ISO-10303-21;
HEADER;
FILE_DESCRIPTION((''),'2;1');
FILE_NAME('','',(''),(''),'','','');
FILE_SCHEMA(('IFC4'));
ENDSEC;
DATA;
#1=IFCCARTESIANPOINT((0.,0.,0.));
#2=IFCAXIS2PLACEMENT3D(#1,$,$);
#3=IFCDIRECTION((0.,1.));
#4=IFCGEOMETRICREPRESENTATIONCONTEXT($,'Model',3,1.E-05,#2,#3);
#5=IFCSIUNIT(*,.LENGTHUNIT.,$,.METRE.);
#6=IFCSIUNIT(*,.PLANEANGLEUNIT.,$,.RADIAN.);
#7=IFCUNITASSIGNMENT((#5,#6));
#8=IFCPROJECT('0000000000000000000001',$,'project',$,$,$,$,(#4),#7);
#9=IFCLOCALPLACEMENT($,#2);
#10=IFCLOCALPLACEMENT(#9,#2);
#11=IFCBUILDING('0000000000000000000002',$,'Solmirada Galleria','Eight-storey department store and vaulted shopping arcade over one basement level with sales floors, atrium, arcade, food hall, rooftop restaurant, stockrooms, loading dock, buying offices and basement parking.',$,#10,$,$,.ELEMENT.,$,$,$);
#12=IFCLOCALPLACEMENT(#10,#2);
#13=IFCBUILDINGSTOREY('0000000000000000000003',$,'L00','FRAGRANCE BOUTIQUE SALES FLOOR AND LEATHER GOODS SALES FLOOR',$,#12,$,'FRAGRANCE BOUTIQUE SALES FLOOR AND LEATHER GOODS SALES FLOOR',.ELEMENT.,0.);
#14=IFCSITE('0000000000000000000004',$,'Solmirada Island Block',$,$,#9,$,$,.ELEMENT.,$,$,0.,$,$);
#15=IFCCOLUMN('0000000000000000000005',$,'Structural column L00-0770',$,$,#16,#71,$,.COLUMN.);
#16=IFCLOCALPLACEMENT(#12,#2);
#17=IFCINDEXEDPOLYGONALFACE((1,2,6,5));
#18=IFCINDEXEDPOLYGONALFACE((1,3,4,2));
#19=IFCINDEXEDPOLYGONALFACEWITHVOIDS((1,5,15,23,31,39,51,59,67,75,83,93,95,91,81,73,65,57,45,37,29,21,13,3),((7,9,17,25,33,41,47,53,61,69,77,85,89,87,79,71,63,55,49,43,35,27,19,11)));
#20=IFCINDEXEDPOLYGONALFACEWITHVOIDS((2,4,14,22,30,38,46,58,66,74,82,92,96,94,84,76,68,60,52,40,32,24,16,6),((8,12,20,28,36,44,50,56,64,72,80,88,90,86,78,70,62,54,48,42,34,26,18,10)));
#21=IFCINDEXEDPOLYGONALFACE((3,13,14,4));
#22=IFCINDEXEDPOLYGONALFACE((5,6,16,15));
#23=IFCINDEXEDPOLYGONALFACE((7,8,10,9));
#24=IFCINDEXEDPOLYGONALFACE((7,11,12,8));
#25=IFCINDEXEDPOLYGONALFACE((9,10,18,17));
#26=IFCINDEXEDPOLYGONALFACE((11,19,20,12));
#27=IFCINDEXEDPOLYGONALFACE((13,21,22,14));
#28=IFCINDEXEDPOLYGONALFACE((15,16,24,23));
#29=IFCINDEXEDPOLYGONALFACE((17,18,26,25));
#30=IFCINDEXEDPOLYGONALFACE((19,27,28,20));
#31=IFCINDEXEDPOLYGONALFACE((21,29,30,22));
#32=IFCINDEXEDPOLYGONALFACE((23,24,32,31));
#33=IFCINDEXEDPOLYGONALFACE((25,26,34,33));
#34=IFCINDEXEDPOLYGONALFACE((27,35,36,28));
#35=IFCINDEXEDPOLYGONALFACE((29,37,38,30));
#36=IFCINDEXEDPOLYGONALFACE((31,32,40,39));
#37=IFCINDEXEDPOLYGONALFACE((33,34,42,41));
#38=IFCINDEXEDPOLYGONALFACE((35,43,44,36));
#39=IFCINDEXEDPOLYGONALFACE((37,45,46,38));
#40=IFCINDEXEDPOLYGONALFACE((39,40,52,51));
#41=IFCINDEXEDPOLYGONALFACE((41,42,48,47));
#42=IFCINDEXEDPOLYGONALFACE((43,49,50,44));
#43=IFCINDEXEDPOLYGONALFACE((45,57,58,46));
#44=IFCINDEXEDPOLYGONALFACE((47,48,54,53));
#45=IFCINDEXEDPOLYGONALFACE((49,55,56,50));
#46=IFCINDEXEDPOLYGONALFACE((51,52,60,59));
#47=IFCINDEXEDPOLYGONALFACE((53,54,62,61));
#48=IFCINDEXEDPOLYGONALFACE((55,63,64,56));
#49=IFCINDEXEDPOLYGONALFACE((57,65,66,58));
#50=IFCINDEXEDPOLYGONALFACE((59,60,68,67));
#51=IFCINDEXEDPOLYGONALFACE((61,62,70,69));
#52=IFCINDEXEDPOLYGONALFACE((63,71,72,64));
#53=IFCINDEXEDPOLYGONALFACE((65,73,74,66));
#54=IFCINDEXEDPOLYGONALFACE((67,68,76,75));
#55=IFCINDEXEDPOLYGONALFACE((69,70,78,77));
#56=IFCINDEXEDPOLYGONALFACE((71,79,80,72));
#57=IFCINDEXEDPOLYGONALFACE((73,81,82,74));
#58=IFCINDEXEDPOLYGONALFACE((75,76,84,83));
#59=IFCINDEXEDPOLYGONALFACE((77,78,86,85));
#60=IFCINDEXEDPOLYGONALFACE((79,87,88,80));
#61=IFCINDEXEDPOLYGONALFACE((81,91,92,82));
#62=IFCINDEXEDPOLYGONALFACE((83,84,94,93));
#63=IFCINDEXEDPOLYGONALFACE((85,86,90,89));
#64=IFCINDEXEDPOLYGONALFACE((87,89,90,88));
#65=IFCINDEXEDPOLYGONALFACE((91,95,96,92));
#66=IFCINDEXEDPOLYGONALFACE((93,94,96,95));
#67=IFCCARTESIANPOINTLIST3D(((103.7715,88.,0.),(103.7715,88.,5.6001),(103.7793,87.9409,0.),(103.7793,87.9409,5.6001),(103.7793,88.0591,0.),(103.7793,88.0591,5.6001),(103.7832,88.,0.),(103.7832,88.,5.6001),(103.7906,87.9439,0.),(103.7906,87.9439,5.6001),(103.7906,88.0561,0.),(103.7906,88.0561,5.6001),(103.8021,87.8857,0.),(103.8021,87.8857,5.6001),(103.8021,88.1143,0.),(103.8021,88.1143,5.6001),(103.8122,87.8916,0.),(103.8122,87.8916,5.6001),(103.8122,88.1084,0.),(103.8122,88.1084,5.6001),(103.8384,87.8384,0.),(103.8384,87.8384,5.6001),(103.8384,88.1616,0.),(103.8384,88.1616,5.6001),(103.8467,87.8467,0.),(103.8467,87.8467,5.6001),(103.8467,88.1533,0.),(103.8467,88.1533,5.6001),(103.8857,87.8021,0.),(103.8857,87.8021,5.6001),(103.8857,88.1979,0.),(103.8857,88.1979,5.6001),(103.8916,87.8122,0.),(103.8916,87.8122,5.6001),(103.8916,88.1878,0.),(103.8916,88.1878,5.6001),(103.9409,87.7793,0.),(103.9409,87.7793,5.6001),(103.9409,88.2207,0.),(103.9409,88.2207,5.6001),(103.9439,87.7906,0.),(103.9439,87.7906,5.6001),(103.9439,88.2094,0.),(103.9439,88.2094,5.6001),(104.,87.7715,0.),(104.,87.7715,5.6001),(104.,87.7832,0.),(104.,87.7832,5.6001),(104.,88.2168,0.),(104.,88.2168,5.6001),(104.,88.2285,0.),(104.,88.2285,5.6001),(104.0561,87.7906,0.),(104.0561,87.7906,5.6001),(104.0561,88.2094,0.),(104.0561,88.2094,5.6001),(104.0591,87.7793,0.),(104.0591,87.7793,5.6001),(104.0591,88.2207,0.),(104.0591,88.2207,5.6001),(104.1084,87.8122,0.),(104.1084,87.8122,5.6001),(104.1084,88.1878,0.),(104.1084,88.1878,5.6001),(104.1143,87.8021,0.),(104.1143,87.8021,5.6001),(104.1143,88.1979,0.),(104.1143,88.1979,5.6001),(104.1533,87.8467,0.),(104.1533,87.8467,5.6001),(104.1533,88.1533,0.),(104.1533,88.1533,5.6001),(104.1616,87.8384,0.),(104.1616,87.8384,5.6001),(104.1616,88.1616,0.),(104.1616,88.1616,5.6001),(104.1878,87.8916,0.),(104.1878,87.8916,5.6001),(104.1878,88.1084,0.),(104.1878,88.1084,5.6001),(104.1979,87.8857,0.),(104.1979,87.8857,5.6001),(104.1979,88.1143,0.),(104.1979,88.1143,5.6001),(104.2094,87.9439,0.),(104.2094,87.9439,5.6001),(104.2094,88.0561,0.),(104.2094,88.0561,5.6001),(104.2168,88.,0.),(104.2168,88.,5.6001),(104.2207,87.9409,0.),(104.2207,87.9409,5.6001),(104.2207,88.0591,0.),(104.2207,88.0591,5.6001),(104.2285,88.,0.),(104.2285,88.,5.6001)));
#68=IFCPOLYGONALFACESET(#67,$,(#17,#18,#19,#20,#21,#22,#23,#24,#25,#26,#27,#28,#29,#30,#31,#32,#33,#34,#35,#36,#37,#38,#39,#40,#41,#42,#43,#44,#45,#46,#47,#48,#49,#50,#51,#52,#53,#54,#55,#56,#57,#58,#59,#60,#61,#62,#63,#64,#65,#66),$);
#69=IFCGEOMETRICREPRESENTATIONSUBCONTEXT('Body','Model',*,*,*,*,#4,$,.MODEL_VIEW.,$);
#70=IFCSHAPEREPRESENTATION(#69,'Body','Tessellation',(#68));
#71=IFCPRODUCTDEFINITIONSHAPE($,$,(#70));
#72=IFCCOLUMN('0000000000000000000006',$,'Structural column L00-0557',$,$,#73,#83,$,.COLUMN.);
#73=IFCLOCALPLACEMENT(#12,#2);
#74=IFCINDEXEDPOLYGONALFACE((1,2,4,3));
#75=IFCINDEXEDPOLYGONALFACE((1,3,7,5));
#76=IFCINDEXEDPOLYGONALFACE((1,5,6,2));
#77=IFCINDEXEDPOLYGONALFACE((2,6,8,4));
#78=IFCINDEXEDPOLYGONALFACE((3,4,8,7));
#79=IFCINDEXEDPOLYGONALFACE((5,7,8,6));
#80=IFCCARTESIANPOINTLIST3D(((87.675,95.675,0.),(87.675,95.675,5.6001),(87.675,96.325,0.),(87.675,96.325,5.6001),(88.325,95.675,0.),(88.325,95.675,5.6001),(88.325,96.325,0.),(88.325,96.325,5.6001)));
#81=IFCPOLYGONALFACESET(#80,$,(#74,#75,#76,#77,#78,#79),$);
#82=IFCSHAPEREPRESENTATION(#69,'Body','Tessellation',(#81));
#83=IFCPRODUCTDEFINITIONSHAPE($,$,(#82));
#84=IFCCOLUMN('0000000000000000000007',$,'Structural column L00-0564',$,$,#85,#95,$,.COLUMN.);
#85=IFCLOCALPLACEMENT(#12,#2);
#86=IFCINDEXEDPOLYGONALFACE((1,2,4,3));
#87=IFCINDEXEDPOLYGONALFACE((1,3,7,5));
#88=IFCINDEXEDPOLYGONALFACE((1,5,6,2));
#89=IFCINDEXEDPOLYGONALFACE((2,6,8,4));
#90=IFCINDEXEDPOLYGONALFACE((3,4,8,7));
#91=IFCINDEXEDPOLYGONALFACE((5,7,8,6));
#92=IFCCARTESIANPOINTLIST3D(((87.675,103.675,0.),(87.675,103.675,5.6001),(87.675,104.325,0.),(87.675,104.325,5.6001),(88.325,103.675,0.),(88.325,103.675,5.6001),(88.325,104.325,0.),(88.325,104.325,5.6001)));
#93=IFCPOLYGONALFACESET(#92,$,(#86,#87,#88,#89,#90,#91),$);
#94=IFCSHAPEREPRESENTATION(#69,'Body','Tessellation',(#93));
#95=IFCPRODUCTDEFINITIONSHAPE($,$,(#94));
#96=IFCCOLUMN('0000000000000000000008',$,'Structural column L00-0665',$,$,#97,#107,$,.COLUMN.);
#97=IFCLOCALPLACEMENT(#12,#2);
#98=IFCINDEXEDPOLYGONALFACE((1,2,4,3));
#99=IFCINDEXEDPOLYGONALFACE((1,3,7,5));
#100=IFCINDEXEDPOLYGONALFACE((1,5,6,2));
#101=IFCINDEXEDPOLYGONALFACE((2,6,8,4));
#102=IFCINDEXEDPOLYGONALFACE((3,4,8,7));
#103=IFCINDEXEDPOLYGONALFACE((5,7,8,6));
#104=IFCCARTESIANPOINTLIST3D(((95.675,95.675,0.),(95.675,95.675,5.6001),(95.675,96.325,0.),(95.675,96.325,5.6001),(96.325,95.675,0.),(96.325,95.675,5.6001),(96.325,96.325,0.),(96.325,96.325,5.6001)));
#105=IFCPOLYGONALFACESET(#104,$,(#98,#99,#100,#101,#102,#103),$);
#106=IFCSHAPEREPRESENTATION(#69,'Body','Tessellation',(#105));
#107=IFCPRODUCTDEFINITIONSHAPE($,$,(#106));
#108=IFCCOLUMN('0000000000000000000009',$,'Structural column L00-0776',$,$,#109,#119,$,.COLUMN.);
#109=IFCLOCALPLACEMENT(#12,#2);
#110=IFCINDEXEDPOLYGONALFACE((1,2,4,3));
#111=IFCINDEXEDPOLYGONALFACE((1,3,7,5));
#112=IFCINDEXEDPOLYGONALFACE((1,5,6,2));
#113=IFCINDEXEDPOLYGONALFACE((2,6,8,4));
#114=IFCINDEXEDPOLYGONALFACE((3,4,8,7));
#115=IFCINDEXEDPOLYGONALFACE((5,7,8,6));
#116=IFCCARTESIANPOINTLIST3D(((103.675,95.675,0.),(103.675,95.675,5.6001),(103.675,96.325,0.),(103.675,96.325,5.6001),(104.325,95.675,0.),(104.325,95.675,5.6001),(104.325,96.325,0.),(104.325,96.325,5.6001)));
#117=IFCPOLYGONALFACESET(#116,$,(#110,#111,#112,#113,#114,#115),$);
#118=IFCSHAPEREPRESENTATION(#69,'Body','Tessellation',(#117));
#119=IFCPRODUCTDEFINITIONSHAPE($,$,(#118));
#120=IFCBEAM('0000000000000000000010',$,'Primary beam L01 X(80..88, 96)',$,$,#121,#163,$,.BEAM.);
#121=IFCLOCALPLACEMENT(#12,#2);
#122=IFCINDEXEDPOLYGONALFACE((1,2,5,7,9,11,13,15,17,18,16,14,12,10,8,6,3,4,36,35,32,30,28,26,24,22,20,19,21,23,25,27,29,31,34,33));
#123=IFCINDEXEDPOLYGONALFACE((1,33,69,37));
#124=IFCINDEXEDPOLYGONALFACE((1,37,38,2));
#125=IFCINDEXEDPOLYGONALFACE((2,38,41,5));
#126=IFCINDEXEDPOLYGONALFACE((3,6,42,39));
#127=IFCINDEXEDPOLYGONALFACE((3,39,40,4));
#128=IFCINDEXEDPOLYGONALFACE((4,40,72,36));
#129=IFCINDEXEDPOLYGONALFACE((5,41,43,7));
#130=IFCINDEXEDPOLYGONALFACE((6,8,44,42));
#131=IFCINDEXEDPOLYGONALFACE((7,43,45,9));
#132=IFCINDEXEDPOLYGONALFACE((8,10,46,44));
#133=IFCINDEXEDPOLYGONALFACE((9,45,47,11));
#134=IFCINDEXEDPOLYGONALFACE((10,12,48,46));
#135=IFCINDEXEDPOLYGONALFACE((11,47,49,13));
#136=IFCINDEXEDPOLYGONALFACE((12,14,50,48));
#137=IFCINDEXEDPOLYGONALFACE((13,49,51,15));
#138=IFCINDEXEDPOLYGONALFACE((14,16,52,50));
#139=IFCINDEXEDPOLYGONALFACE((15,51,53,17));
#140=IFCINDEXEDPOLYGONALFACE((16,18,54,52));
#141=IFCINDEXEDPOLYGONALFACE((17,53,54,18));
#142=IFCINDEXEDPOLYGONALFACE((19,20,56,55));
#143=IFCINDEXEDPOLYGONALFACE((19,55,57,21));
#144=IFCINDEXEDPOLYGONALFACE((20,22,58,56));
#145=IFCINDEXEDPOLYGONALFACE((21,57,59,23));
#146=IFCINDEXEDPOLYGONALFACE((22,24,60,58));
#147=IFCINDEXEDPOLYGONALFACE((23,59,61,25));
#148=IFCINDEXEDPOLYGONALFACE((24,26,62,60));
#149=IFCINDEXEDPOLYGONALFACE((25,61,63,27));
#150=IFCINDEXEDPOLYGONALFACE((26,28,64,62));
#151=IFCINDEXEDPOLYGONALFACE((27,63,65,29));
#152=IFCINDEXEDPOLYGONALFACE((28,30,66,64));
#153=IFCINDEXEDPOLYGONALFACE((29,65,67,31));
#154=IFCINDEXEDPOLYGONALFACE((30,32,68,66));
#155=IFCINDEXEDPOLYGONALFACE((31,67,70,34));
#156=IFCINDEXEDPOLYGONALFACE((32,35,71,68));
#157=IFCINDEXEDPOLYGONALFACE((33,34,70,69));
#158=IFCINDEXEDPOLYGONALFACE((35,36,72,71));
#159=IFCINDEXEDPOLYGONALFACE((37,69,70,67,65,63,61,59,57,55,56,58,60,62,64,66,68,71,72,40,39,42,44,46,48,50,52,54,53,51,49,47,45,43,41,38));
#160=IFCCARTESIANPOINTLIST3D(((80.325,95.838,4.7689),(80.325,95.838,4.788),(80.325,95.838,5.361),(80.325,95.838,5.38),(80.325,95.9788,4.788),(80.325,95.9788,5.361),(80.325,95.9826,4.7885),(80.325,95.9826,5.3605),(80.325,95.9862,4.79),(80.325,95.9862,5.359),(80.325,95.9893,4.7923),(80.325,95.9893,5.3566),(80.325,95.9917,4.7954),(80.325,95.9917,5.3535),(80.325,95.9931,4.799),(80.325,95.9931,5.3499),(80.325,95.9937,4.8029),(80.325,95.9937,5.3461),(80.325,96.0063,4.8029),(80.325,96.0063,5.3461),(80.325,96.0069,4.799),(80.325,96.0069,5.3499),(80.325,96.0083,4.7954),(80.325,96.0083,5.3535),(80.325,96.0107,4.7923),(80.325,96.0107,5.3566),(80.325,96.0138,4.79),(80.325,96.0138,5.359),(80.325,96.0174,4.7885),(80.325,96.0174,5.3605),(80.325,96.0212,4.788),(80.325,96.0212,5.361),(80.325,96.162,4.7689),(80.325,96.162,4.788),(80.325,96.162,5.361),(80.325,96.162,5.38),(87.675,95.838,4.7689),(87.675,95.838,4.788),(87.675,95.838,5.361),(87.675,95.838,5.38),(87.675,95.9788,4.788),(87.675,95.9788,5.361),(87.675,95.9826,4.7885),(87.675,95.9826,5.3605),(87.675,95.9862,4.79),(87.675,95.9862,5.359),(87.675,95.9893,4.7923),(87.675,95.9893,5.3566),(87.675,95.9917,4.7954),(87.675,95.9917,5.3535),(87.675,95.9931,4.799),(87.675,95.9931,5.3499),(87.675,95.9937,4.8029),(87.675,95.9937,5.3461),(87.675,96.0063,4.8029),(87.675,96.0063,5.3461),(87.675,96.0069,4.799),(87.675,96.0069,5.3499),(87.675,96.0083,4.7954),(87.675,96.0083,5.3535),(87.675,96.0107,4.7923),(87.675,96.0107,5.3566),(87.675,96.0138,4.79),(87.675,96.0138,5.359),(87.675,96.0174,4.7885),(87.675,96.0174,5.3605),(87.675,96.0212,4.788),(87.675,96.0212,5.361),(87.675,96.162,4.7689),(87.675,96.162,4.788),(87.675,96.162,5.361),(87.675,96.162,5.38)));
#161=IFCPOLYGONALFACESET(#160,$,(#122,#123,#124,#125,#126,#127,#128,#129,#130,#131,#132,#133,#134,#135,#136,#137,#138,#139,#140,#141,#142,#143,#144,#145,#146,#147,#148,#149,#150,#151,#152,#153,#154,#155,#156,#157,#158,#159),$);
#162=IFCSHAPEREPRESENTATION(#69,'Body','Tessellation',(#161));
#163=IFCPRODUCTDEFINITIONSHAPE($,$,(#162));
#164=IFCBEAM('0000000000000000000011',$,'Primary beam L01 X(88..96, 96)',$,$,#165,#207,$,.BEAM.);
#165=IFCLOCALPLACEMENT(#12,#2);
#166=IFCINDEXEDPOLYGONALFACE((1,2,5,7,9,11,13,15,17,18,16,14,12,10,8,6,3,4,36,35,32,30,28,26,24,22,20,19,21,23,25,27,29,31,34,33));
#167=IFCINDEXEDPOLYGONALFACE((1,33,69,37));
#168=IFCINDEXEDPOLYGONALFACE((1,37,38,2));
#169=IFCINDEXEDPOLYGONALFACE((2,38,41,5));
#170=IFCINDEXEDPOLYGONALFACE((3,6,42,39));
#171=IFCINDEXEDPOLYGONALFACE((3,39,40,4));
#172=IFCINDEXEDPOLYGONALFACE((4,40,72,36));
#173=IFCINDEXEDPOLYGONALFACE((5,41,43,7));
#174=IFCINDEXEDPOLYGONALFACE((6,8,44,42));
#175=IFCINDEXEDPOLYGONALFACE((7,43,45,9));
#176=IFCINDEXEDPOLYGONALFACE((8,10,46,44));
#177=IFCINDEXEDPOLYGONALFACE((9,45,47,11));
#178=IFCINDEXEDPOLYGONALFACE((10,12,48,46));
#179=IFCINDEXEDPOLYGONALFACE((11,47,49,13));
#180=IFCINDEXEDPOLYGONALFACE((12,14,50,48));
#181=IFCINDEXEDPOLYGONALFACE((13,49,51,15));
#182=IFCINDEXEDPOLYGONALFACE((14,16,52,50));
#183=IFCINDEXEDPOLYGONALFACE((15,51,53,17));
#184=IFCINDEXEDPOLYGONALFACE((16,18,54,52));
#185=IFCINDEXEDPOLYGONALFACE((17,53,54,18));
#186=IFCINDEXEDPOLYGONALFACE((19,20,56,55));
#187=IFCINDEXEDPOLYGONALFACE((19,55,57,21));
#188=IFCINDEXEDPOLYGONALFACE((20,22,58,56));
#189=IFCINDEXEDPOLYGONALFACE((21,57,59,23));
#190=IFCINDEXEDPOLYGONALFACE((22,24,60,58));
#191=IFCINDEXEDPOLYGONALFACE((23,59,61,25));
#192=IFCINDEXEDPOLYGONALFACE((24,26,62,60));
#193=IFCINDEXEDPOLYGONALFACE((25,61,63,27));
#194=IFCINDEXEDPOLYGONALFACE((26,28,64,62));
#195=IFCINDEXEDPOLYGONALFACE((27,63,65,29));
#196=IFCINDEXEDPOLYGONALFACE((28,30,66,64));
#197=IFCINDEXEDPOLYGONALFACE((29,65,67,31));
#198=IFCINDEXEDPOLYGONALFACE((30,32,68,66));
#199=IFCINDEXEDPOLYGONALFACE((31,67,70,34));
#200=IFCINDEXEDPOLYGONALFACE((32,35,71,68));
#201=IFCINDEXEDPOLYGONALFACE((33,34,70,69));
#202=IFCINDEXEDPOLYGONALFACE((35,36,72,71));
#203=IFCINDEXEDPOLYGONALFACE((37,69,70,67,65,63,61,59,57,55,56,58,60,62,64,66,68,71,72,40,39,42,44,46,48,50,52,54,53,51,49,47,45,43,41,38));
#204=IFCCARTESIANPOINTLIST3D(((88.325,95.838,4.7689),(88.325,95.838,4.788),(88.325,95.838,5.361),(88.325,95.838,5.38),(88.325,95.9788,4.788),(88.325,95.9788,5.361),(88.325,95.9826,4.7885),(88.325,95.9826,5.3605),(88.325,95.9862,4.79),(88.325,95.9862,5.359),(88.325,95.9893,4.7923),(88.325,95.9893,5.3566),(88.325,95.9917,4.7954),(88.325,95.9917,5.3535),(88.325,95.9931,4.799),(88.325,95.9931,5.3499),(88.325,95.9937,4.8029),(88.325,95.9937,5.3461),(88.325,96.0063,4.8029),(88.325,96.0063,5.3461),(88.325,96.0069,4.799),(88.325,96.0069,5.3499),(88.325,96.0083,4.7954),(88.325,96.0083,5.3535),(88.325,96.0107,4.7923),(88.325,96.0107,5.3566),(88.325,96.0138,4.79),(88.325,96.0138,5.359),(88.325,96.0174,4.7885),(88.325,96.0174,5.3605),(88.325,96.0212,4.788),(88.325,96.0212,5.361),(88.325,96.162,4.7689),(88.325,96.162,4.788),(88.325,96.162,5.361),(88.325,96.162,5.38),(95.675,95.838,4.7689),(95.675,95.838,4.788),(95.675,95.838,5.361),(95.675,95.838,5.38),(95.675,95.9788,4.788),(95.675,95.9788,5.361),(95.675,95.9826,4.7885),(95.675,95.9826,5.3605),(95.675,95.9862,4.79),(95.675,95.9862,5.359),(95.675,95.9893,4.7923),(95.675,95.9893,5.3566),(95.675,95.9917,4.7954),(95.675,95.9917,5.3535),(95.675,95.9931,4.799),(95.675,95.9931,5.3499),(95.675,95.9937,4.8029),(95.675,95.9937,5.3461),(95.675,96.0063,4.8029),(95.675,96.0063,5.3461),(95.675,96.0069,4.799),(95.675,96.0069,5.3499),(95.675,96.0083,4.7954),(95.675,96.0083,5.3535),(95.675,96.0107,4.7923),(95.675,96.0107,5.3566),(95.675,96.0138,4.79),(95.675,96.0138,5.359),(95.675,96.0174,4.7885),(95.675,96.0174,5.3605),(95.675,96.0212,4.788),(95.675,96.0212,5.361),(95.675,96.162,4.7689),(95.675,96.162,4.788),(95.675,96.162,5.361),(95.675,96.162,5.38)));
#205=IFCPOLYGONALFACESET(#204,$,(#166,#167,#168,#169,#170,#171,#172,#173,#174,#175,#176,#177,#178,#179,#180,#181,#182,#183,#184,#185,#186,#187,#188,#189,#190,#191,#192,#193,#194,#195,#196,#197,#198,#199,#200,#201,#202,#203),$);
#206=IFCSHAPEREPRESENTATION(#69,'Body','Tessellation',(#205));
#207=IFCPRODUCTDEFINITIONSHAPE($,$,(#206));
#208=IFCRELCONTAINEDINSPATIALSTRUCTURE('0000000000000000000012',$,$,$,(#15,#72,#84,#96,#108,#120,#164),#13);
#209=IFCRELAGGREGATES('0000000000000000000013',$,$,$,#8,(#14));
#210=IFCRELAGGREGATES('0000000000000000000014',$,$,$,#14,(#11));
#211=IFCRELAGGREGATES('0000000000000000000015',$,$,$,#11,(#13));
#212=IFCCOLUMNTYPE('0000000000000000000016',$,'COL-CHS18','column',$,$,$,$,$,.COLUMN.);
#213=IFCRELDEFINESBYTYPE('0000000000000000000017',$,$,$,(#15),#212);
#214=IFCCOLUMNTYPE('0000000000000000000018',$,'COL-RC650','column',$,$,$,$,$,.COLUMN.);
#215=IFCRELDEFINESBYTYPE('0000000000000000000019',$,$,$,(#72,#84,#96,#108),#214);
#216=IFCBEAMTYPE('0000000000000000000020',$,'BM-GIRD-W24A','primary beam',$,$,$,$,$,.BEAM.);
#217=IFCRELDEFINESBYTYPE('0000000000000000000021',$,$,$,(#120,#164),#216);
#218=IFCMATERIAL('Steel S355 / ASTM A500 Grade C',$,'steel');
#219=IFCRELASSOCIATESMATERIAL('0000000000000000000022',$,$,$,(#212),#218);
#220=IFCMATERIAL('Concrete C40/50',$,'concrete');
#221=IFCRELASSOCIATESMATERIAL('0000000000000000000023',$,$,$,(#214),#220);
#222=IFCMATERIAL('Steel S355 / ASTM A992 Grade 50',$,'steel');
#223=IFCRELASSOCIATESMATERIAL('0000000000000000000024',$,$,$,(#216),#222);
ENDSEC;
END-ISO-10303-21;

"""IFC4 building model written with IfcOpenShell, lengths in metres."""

from ifc_helpers import new_model, si_unit, direction, frame, origin, origin_2d, place, context, subcontext, project, spatial, rectangle, hollow_circle, i_section, extrude, material, material_profile, profile_set, type_object, element, save


model = new_model("IFC4")

# Units and contexts
model_context = context("Model", 3, precision=1e-05, world=origin(), true_north=direction((0.0, 1.0)))
body_context = subcontext(model_context, "Body", "Model", "MODEL_VIEW")
ifc_project = project(units=[si_unit("LENGTHUNIT", "METRE"), si_unit("PLANEANGLEUNIT", "RADIAN")], contexts=[model_context])

# Site, building, storey
site_placement = place(None, origin())
site = spatial("IfcSite", under=ifc_project, at=site_placement, Name="Solmirada Island Block", CompositionType="ELEMENT", RefElevation=0.0)
building_placement = place(site_placement, origin())
building = spatial("IfcBuilding", under=site, at=building_placement, Name="Solmirada Galleria", Description="Eight-storey department store and vaulted shopping arcade over one basement level with sales floors, atrium, arcade, food hall, rooftop restaurant, stockrooms, loading dock, buying offices and basement parking.", CompositionType="ELEMENT")
storey_placement = place(building_placement, origin())
storey = spatial("IfcBuildingStorey", under=building, at=storey_placement, Name="L00", Description="FRAGRANCE BOUTIQUE SALES FLOOR AND LEATHER GOODS SALES FLOOR", LongName="FRAGRANCE BOUTIQUE SALES FLOOR AND LEATHER GOODS SALES FLOOR", CompositionType="ELEMENT", Elevation=0.0)

# Columns
ifc_material_1 = material(Name="Steel S355 / ASTM A500 Grade C", Category="steel")
ifc_material_profile_1 = material_profile(ifc_material_1, hollow_circle(Radius=0.2285, WallThickness=0.0117, at=origin_2d()), Name="HSS18.000X0.500")
ifc_profile_set_1 = profile_set([ifc_material_profile_1], Name="Steel S355 / ASTM A500 Grade C")
column_type_1 = type_object("IfcColumnType", Name="COL-CHS18", Description="column", PredefinedType="COLUMN", material=ifc_profile_set_1)
column_placement = place(storey_placement, frame((104.0, 88.0, 0.0), z_axis=(0.0, 0.0, 1.0), x_axis=(1.0, 0.0, 0.0)))
element("IfcColumn", 1, at=column_placement, inside=storey, type_object=column_type_1, Name="Structural column L00-0770", PredefinedType="COLUMN", context=body_context, shape_type="SweptSolid", body=[
    extrude(hollow_circle(Radius=0.2285, WallThickness=0.0117, at=origin_2d()), origin(), (0.0, 0.0, 1.0), 5.6001),
])
ifc_material_2 = material(Name="Concrete C40/50", Category="concrete")
ifc_material_profile_2 = material_profile(ifc_material_2, rectangle(XDim=0.6499, YDim=0.6499, at=origin_2d()), Name="RC650X650")
ifc_profile_set_2 = profile_set([ifc_material_profile_2], Name="Concrete C40/50")
column_type_2 = type_object("IfcColumnType", Name="COL-RC650", Description="column", PredefinedType="COLUMN", material=ifc_profile_set_2)
for number, where, z_axis, x_axis, name in (
    (2, (88.0, 96.0, 0.0), (0.0, 0.0, 1.0), (1.0, 0.0, 0.0), "Structural column L00-0557"),
    (3, (88.0, 104.0, 0.0), (0.0, 0.0, 1.0), (1.0, 0.0, 0.0), "Structural column L00-0564"),
    (4, (96.0, 96.0, 0.0), (0.0, 0.0, 1.0), (1.0, 0.0, 0.0), "Structural column L00-0665"),
    (5, (104.0, 96.0, 0.0), (0.0, 0.0, 1.0), (1.0, 0.0, 0.0), "Structural column L00-0776"),
):
    element("IfcColumn", number, at=place(storey_placement, frame(where, z_axis=z_axis, x_axis=x_axis)), inside=storey, type_object=column_type_2, Name=name, PredefinedType="COLUMN", context=body_context, shape_type="SweptSolid", body=[
        extrude(rectangle(XDim=0.6499, YDim=0.6499, at=origin_2d()), origin(), (0.0, 0.0, 1.0), 5.6001),
    ])

# Beams
ifc_material_3 = material(Name="Steel S355 / ASTM A992 Grade 50", Category="steel")
ifc_material_profile_3 = material_profile(ifc_material_3, i_section(OverallWidth=0.324, OverallDepth=0.6111, WebThickness=0.0127, FlangeThickness=0.019, FilletRadius=0.0149, at=origin_2d()), Name="W24X104")
ifc_profile_set_3 = profile_set([ifc_material_profile_3], Name="Steel S355 / ASTM A992 Grade 50")
beam_type_1 = type_object("IfcBeamType", Name="BM-GIRD-W24A", Description="primary beam", PredefinedType="BEAM", material=ifc_profile_set_3)
for number, where, z_axis, x_axis, name in (
    (6, (80.325, 96.0, 5.0745), (1.0, 0.0, 0.0), (0.0, 1.0, 0.0), "Primary beam L01 X(80..88, 96)"),
    (7, (88.325, 96.0, 5.0745), (1.0, 0.0, 0.0), (0.0, 1.0, 0.0), "Primary beam L01 X(88..96, 96)"),
):
    element("IfcBeam", number, at=place(storey_placement, frame(where, z_axis=z_axis, x_axis=x_axis)), inside=storey, type_object=beam_type_1, Name=name, PredefinedType="BEAM", context=body_context, shape_type="SweptSolid", body=[
        extrude(i_section(OverallWidth=0.324, OverallDepth=0.6111, WebThickness=0.0127, FlangeThickness=0.019, FilletRadius=0.0149, at=origin_2d()), origin(), (0.0, 0.0, 1.0), 7.3501),
    ])

save(model, "model.ifc")
